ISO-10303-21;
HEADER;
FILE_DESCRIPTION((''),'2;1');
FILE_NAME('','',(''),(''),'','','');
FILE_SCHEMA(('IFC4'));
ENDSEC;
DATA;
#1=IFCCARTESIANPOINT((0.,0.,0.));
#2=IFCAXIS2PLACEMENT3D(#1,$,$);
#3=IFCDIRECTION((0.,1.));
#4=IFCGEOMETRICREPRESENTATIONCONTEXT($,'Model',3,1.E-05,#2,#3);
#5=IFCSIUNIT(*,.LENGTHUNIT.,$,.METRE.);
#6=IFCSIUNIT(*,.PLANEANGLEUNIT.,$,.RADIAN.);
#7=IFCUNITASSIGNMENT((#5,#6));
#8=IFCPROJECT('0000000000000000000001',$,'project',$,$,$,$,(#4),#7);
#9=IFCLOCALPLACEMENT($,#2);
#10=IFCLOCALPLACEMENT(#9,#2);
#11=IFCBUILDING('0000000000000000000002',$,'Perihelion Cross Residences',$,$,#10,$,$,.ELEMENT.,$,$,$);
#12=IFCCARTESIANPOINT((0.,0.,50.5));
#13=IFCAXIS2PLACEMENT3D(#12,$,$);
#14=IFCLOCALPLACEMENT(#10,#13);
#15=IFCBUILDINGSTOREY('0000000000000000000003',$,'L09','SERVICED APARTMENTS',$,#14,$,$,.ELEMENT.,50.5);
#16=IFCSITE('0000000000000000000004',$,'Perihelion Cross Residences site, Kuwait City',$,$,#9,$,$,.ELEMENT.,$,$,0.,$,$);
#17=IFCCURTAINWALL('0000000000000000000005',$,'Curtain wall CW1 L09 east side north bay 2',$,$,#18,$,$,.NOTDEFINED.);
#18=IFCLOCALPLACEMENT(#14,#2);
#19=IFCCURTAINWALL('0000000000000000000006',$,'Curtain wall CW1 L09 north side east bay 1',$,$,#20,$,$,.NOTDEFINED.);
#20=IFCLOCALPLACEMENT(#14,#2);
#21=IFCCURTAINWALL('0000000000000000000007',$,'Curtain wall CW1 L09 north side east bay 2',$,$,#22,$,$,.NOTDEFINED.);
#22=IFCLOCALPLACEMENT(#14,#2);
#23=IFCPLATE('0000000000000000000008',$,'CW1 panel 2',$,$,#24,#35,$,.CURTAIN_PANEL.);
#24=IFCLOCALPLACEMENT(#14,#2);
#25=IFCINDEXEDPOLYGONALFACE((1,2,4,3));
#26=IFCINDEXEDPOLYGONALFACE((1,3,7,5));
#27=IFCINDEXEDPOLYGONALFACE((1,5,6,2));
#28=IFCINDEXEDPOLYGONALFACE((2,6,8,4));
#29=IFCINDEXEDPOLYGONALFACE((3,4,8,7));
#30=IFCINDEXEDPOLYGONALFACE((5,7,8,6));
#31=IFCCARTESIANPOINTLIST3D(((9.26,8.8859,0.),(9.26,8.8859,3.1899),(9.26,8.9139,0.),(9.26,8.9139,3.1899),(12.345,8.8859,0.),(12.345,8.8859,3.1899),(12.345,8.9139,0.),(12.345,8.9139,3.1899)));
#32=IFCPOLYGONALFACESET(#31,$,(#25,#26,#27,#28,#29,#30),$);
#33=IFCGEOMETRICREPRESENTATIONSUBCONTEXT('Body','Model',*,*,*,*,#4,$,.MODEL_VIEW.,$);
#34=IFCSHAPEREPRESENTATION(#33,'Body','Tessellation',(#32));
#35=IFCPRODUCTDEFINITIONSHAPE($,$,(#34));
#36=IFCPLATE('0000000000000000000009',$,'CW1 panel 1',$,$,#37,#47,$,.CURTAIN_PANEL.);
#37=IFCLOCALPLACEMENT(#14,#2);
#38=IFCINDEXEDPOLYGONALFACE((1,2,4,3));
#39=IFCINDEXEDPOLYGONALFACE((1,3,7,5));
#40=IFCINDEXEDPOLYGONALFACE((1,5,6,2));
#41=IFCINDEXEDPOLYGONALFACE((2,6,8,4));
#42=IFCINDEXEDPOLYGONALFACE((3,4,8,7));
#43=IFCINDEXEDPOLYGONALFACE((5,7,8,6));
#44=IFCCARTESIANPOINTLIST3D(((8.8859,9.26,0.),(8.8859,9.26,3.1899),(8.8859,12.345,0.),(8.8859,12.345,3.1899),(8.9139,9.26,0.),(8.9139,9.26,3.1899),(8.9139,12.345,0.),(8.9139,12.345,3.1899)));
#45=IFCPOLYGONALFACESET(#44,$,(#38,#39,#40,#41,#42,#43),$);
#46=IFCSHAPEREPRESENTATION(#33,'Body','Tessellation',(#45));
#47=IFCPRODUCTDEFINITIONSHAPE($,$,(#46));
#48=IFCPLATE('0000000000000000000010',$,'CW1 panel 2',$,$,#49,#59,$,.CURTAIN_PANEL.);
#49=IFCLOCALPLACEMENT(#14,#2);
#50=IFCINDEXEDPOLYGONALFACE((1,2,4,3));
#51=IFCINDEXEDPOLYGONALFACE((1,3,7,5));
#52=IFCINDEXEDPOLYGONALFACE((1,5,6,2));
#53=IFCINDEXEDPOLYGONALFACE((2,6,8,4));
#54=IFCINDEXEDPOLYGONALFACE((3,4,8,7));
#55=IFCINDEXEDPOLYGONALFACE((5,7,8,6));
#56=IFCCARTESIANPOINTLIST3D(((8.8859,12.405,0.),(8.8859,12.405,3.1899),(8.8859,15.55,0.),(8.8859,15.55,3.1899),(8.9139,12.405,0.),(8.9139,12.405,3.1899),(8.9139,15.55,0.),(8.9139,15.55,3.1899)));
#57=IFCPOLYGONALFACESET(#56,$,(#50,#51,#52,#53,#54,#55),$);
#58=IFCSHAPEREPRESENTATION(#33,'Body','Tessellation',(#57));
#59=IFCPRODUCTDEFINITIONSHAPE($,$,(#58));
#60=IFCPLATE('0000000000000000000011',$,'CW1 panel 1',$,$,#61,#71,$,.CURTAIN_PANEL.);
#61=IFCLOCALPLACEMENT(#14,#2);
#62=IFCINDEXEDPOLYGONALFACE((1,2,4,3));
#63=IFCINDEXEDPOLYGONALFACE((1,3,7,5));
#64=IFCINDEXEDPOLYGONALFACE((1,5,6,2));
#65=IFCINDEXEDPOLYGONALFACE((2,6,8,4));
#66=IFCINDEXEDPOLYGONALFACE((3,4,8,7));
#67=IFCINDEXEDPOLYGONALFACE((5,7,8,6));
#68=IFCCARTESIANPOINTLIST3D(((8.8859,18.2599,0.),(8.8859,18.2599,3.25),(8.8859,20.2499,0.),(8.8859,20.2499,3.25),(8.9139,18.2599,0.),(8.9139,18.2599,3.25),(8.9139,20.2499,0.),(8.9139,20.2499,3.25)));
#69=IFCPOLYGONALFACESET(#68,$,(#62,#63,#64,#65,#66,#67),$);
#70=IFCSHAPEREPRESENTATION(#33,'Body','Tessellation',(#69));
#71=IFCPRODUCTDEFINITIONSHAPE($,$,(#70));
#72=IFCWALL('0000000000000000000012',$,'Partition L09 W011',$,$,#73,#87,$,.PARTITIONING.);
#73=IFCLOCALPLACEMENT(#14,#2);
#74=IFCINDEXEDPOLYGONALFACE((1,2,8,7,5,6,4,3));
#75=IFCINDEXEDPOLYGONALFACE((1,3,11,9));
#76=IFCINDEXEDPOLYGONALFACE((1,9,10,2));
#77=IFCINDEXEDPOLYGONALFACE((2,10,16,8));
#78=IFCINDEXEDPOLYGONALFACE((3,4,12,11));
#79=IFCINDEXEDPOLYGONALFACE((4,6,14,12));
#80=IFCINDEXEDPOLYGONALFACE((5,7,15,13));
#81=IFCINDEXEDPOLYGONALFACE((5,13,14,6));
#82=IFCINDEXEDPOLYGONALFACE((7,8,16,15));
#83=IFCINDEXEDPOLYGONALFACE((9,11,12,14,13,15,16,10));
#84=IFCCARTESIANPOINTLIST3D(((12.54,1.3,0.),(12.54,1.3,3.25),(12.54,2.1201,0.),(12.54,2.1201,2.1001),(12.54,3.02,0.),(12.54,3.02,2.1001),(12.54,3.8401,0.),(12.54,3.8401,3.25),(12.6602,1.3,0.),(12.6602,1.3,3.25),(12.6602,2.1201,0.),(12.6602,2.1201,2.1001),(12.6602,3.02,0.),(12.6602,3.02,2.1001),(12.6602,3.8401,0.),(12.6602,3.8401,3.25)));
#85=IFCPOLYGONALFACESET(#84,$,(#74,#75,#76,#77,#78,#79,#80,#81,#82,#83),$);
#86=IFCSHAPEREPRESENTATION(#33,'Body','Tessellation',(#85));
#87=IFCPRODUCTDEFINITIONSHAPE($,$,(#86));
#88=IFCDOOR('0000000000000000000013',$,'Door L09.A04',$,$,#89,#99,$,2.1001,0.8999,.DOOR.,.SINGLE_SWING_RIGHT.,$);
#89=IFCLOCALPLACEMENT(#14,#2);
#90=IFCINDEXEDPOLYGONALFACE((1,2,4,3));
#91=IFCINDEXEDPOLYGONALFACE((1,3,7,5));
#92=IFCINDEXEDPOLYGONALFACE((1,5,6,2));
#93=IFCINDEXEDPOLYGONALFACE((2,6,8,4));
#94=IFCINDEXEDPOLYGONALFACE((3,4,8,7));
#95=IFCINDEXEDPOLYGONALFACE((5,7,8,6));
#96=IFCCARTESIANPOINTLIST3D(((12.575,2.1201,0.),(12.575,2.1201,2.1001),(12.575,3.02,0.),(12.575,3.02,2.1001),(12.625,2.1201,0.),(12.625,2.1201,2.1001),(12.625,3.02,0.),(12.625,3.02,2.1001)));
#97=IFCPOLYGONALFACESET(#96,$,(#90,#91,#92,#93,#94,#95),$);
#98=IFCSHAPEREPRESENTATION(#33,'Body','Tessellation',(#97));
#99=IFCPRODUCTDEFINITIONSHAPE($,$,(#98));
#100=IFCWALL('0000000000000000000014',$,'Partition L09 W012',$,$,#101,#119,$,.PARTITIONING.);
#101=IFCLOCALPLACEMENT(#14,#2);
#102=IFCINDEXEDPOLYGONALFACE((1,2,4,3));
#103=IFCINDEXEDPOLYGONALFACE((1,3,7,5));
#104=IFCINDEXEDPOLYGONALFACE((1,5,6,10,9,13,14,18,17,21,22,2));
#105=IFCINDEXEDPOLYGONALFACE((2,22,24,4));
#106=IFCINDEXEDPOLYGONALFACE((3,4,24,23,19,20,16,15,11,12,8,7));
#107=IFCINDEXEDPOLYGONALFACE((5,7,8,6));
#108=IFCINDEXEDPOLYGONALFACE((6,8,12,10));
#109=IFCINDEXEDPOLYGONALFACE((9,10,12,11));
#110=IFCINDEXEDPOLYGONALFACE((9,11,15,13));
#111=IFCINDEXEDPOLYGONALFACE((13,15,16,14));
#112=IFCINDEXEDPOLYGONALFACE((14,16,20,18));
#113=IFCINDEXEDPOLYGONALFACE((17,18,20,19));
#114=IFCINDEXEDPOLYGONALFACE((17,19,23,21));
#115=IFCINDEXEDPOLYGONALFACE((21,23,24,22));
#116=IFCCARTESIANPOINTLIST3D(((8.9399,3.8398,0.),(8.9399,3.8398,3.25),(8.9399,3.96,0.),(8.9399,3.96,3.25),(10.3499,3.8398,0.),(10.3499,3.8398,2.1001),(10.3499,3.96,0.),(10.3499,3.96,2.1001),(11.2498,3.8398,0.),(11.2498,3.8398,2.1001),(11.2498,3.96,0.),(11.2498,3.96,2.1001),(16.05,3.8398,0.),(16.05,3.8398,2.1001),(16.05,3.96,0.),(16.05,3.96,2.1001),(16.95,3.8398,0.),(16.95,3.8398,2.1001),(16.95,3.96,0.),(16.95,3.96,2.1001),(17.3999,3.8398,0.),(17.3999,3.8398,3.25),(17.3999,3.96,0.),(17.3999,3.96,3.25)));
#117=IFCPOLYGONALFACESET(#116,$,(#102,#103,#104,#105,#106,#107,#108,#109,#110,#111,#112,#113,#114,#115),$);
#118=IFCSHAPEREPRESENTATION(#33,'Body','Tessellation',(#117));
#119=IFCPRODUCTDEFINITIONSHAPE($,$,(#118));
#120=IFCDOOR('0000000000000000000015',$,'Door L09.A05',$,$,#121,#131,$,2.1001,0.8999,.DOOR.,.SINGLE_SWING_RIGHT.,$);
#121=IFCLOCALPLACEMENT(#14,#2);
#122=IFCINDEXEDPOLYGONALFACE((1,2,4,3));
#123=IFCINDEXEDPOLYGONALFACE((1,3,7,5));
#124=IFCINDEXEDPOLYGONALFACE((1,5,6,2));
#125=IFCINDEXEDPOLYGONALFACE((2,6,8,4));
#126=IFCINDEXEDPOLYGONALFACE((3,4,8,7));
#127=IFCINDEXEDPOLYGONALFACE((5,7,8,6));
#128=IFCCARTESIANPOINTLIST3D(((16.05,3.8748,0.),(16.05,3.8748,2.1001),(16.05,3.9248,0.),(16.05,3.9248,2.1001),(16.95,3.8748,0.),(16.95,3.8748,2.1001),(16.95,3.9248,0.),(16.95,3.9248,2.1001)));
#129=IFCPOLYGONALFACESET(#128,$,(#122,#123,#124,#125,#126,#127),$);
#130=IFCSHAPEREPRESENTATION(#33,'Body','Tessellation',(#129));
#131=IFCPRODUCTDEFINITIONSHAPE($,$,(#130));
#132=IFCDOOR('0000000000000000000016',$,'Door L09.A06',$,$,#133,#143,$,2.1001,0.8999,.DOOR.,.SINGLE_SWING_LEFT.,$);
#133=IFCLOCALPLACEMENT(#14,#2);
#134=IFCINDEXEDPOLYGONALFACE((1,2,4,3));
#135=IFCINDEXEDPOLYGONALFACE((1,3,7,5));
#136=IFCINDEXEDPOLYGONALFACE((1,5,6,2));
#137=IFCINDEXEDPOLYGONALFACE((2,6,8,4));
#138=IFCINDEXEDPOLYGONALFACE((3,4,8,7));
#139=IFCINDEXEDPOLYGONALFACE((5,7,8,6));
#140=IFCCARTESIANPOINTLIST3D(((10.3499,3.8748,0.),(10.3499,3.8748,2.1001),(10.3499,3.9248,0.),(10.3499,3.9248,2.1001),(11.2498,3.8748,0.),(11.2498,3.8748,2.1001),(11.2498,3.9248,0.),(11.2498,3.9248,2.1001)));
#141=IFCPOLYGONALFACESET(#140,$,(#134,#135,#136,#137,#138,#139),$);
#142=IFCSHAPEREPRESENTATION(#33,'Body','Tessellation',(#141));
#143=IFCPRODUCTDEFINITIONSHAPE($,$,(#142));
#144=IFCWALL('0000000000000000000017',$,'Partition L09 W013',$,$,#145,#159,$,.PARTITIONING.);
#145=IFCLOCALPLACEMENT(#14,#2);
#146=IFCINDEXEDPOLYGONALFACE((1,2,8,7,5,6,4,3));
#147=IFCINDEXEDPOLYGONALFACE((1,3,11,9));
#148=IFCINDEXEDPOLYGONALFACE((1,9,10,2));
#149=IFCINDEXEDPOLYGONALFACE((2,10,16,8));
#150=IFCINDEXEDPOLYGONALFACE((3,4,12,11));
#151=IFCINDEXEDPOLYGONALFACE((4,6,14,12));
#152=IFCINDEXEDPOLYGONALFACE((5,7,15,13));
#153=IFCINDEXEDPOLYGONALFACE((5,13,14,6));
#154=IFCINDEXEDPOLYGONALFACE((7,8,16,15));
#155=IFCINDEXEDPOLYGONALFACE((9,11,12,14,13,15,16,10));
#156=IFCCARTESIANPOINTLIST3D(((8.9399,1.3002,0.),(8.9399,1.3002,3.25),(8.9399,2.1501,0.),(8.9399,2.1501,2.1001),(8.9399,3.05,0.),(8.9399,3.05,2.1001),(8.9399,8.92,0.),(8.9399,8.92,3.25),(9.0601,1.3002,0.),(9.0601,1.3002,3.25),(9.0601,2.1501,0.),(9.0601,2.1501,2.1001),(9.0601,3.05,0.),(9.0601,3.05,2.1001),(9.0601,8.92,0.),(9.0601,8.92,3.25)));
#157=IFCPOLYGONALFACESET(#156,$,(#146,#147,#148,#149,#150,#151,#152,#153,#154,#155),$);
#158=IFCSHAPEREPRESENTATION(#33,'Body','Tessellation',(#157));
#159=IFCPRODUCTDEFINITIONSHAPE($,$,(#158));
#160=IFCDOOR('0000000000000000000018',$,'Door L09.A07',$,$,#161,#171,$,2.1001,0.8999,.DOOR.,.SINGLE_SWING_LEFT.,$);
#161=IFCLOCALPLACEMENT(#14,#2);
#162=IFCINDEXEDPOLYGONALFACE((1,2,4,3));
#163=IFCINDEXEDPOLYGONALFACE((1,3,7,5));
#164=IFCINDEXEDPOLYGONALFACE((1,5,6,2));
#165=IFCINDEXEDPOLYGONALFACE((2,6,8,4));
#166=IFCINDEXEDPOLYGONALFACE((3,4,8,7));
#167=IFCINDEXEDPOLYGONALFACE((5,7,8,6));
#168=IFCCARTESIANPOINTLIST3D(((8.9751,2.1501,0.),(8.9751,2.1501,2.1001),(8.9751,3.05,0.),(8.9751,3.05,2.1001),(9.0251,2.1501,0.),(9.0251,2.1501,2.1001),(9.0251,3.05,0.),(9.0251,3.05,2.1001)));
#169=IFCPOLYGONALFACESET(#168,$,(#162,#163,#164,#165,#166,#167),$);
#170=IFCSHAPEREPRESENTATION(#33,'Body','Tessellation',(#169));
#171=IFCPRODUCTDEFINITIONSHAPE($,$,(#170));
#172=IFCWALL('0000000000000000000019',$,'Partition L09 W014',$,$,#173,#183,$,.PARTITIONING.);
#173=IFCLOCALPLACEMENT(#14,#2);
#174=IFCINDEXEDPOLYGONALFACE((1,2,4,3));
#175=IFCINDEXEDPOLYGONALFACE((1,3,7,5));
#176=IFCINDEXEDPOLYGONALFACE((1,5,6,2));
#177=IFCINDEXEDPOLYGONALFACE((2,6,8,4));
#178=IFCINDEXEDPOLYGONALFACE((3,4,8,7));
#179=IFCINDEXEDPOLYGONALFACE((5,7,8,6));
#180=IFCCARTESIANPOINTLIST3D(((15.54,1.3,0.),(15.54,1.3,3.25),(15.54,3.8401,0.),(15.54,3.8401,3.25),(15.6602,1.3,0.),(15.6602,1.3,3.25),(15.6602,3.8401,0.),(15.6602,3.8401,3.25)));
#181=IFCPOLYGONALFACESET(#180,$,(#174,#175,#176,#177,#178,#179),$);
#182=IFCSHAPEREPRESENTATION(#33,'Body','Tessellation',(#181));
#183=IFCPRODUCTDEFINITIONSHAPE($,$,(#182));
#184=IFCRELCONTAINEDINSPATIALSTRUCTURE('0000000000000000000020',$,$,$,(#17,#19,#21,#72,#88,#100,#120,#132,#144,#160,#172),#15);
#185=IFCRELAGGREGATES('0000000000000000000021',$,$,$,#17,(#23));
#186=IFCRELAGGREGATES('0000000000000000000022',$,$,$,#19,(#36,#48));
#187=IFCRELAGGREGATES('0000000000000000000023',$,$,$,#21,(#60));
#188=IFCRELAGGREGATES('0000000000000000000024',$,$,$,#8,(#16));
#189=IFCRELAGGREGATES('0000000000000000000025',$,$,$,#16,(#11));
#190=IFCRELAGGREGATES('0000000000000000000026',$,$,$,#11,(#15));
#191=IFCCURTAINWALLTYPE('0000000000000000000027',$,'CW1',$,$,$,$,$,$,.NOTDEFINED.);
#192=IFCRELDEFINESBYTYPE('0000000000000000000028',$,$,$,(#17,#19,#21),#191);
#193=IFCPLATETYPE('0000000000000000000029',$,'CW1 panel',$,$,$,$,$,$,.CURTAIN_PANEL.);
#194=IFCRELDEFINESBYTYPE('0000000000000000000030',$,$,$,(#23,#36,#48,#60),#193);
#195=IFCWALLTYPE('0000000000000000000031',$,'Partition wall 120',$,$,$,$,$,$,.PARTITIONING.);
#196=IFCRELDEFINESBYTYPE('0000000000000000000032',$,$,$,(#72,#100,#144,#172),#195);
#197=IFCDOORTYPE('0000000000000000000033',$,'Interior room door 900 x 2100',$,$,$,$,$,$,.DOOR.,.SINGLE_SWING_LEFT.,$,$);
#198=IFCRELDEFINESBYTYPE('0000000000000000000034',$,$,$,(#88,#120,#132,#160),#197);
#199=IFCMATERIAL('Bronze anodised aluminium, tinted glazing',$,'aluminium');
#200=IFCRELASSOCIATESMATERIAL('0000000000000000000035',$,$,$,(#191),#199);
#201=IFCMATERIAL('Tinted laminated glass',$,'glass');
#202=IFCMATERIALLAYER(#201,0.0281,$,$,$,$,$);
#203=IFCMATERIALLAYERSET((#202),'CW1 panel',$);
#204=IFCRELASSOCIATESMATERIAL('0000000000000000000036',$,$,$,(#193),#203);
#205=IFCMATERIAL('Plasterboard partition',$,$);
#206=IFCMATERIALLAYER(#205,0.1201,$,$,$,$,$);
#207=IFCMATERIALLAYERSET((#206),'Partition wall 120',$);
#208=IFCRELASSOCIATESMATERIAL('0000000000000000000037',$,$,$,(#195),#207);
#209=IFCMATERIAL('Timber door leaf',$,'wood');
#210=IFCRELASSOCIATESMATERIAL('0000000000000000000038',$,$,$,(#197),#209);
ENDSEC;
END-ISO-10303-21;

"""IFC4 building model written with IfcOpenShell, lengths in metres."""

from ifc_helpers import new_model, si_unit, direction, frame, frame_2d, origin, origin_2d, place, context, subcontext, project, spatial, rectangle, extrude, material, layer, layer_set, type_object, element, fill, aggregate, save


model = new_model("IFC4")

# Units and contexts
model_context = context("Model", 3, precision=1e-05, world=origin(), true_north=direction((0.0, 1.0)))
body_context = subcontext(model_context, "Body", "Model", "MODEL_VIEW")
ifc_project = project(units=[si_unit("LENGTHUNIT", "METRE"), si_unit("PLANEANGLEUNIT", "RADIAN")], contexts=[model_context])

# Site, building, storey
site_placement = place(None, origin())
site = spatial("IfcSite", under=ifc_project, at=site_placement, Name="Perihelion Cross Residences site, Kuwait City", CompositionType="ELEMENT", RefElevation=0.0)
building_placement = place(site_placement, origin())
building = spatial("IfcBuilding", under=site, at=building_placement, Name="Perihelion Cross Residences", CompositionType="ELEMENT")
storey_placement = place(building_placement, frame((0.0, 0.0, 50.5)))
storey = spatial("IfcBuildingStorey", under=building, at=storey_placement, Name="L09", Description="SERVICED APARTMENTS", CompositionType="ELEMENT", Elevation=50.5)

# Curtain walls
ifc_material_1 = material(Name="Bronze anodised aluminium, tinted glazing", Category="aluminium")
curtain_wall_type = type_object("IfcCurtainWallType", Name="CW1", PredefinedType="NOTDEFINED", material=ifc_material_1)
curtain_wall_1_placement = place(storey_placement, origin())
curtain_wall_1 = element("IfcCurtainWall", 1, at=curtain_wall_1_placement, inside=storey, type_object=curtain_wall_type, Name="Curtain wall CW1 L09 east side north bay 2", PredefinedType="NOTDEFINED")
curtain_wall_2_placement = place(storey_placement, origin())
curtain_wall_2 = element("IfcCurtainWall", 2, at=curtain_wall_2_placement, inside=storey, type_object=curtain_wall_type, Name="Curtain wall CW1 L09 north side east bay 1", PredefinedType="NOTDEFINED")

# Curtain wall
curtain_wall_3_placement = place(storey_placement, origin())
curtain_wall_3 = element("IfcCurtainWall", 3, at=curtain_wall_3_placement, inside=storey, type_object=curtain_wall_type, Name="Curtain wall CW1 L09 north side east bay 2", PredefinedType="NOTDEFINED")

# Plates
ifc_material_2 = material(Name="Tinted laminated glass", Category="glass")
ifc_layer_1 = layer(ifc_material_2, 0.0281)
ifc_layer_set_1 = layer_set([ifc_layer_1], Name="CW1 panel")
plate_type = type_object("IfcPlateType", Name="CW1 panel", PredefinedType="CURTAIN_PANEL", material=ifc_layer_set_1)
plate_1_placement = place(storey_placement, frame((10.8025, 8.8999, 0.0), z_axis=(0.0, 0.0, 1.0), x_axis=(-1.0, 0.0, 0.0)))
plate_1 = element("IfcPlate", 4, at=plate_1_placement, type_object=plate_type, Name="CW1 panel 2", PredefinedType="CURTAIN_PANEL", context=body_context, shape_type="SweptSolid", body=[
    extrude(rectangle(XDim=3.085, YDim=0.0281, at=origin_2d()), origin(), (0.0, 0.0, 1.0), 3.1899),
])
aggregate(curtain_wall_1, [plate_1])
plate_2_placement = place(storey_placement, frame((8.8999, 10.8025, 0.0), z_axis=(0.0, 0.0, 1.0), x_axis=(0.0, 1.0, 0.0)))
plate_2 = element("IfcPlate", 5, at=plate_2_placement, type_object=plate_type, Name="CW1 panel 1", PredefinedType="CURTAIN_PANEL", context=body_context, shape_type="SweptSolid", body=[
    extrude(rectangle(XDim=3.085, YDim=0.0281, at=origin_2d()), origin(), (0.0, 0.0, 1.0), 3.1899),
])
plate_3_placement = place(storey_placement, frame((8.8999, 13.9775, 0.0), z_axis=(0.0, 0.0, 1.0), x_axis=(0.0, 1.0, 0.0)))
plate_3 = element("IfcPlate", 6, at=plate_3_placement, type_object=plate_type, Name="CW1 panel 2", PredefinedType="CURTAIN_PANEL", context=body_context, shape_type="SweptSolid", body=[
    extrude(rectangle(XDim=3.145, YDim=0.0281, at=origin_2d()), origin(), (0.0, 0.0, 1.0), 3.1899),
])
aggregate(curtain_wall_2, [plate_2, plate_3])
plate_4_placement = place(storey_placement, frame((8.8999, 19.2549, 0.0), z_axis=(0.0, 0.0, 1.0), x_axis=(0.0, 1.0, 0.0)))
plate_4 = element("IfcPlate", 7, at=plate_4_placement, type_object=plate_type, Name="CW1 panel 1", PredefinedType="CURTAIN_PANEL", context=body_context, shape_type="SweptSolid", body=[
    extrude(rectangle(XDim=1.99, YDim=0.0281, at=origin_2d()), origin(), (0.0, 0.0, 1.0), 3.25),
])
aggregate(curtain_wall_3, [plate_4])

# Wall, opening, door
ifc_material_3 = material(Name="Plasterboard partition")
ifc_layer_2 = layer(ifc_material_3, 0.1201)
ifc_layer_set_2 = layer_set([ifc_layer_2], Name="Partition wall 120")
wall_type_1 = type_object("IfcWallType", Name="Partition wall 120", PredefinedType="PARTITIONING", material=ifc_layer_set_2)
wall_1_placement = place(storey_placement, frame((12.6001, 3.8401, 0.0), z_axis=(0.0, 0.0, 1.0), x_axis=(0.0, -1.0, 0.0)))
wall_1 = element("IfcWall", 8, at=wall_1_placement, inside=storey, type_object=wall_type_1, Name="Partition L09 W011", PredefinedType="PARTITIONING", context=body_context, shape_type="SweptSolid", body=[
    extrude(rectangle(XDim=2.54, YDim=0.1201, at=frame_2d((1.27, 0.0))), origin(), (0.0, 0.0, 1.0), 3.25),
])
opening_1_placement = place(wall_1_placement, frame((0.8201, 0.0, 0.0)))
opening_1 = element("IfcOpeningElement", 9, at=opening_1_placement, cuts=wall_1, PredefinedType="OPENING", context=body_context, shape_type="SweptSolid", body=[
    extrude(rectangle(XDim=0.8999, YDim=2.1001, at=frame_2d((0.45, 1.05))), frame((0.0, 0.0701, 0.0), z_axis=(0.0, -1.0, 0.0), x_axis=(1.0, 0.0, 0.0)), (0.0, 0.0, 1.0), 0.1401),
])
ifc_material_4 = material(Name="Timber door leaf", Category="wood")
door_type_1 = type_object("IfcDoorType", Name="Interior room door 900 x 2100", OperationType="SINGLE_SWING_LEFT", PredefinedType="DOOR", material=ifc_material_4)
door_1_placement = place(opening_1_placement, origin())
door_1 = element("IfcDoor", 10, at=door_1_placement, inside=storey, type_object=door_type_1, Name="Door L09.A04", OperationType="SINGLE_SWING_RIGHT", OverallHeight=2.1001, OverallWidth=0.8999, PredefinedType="DOOR", context=body_context, shape_type="SweptSolid", body=[
    extrude(rectangle(XDim=0.8999, YDim=2.1001, at=frame_2d((0.45, 1.05))), frame((0.0, 0.0249, 0.0), z_axis=(0.0, -1.0, 0.0), x_axis=(1.0, 0.0, 0.0)), (0.0, 0.0, 1.0), 0.05),
])
fill(opening_1, door_1)

# Wall, openings, doors
wall_2_placement = place(storey_placement, frame((8.9399, 3.8999, 0.0), z_axis=(0.0, 0.0, 1.0), x_axis=(1.0, 0.0, 0.0)))
wall_2 = element("IfcWall", 11, at=wall_2_placement, inside=storey, type_object=wall_type_1, Name="Partition L09 W012", PredefinedType="PARTITIONING", context=body_context, shape_type="SweptSolid", body=[
    extrude(rectangle(XDim=8.46, YDim=0.1201, at=frame_2d((4.23, 0.0))), origin(), (0.0, 0.0, 1.0), 3.25),
])
opening_2_placement = place(wall_2_placement, frame((7.1101, 0.0, 0.0)))
opening_2 = element("IfcOpeningElement", 12, at=opening_2_placement, cuts=wall_2, PredefinedType="OPENING", context=body_context, shape_type="SweptSolid", body=[
    extrude(rectangle(XDim=0.8999, YDim=2.1001, at=frame_2d((0.45, 1.05))), frame((0.0, 0.0701, 0.0), z_axis=(0.0, -1.0, 0.0), x_axis=(1.0, 0.0, 0.0)), (0.0, 0.0, 1.0), 0.1401),
])
opening_3_placement = place(wall_2_placement, frame((1.4099, 0.0, 0.0)))
opening_3 = element("IfcOpeningElement", 13, at=opening_3_placement, cuts=wall_2, PredefinedType="OPENING", context=body_context, shape_type="SweptSolid", body=[
    extrude(rectangle(XDim=0.8999, YDim=2.1001, at=frame_2d((0.45, 1.05))), frame((0.0, 0.0701, 0.0), z_axis=(0.0, -1.0, 0.0), x_axis=(1.0, 0.0, 0.0)), (0.0, 0.0, 1.0), 0.1401),
])
door_2_placement = place(opening_2_placement, origin())
door_2 = element("IfcDoor", 14, at=door_2_placement, inside=storey, type_object=door_type_1, Name="Door L09.A05", OperationType="SINGLE_SWING_RIGHT", OverallHeight=2.1001, OverallWidth=0.8999, PredefinedType="DOOR", context=body_context, shape_type="SweptSolid", body=[
    extrude(rectangle(XDim=0.8999, YDim=2.1001, at=frame_2d((0.45, 1.05))), frame((0.0, 0.0249, 0.0), z_axis=(0.0, -1.0, 0.0), x_axis=(1.0, 0.0, 0.0)), (0.0, 0.0, 1.0), 0.05),
])
fill(opening_2, door_2)
door_3_placement = place(opening_3_placement, origin())
door_3 = element("IfcDoor", 15, at=door_3_placement, inside=storey, type_object=door_type_1, Name="Door L09.A06", OperationType="SINGLE_SWING_LEFT", OverallHeight=2.1001, OverallWidth=0.8999, PredefinedType="DOOR", context=body_context, shape_type="SweptSolid", body=[
    extrude(rectangle(XDim=0.8999, YDim=2.1001, at=frame_2d((0.45, 1.05))), frame((0.0, 0.0249, 0.0), z_axis=(0.0, -1.0, 0.0), x_axis=(1.0, 0.0, 0.0)), (0.0, 0.0, 1.0), 0.05),
])
fill(opening_3, door_3)

# Wall, opening, door
wall_3_placement = place(storey_placement, frame((9.0, 1.3, 0.0), z_axis=(0.0, 0.0, 1.0), x_axis=(0.0, 1.0, 0.0)))
wall_3 = element("IfcWall", 16, at=wall_3_placement, inside=storey, type_object=wall_type_1, Name="Partition L09 W013", PredefinedType="PARTITIONING", context=body_context, shape_type="SweptSolid", body=[
    extrude(rectangle(XDim=7.6199, YDim=0.1201, at=frame_2d((3.8101, 0.0))), origin(), (0.0, 0.0, 1.0), 3.25),
])
opening_4_placement = place(wall_3_placement, frame((0.8501, 0.0, 0.0)))
opening_4 = element("IfcOpeningElement", 17, at=opening_4_placement, cuts=wall_3, PredefinedType="OPENING", context=body_context, shape_type="SweptSolid", body=[
    extrude(rectangle(XDim=0.8999, YDim=2.1001, at=frame_2d((0.45, 1.05))), frame((0.0, 0.0701, 0.0), z_axis=(0.0, -1.0, 0.0), x_axis=(1.0, 0.0, 0.0)), (0.0, 0.0, 1.0), 0.1401),
])
door_4_placement = place(opening_4_placement, origin())
door_4 = element("IfcDoor", 18, at=door_4_placement, inside=storey, type_object=door_type_1, Name="Door L09.A07", OperationType="SINGLE_SWING_LEFT", OverallHeight=2.1001, OverallWidth=0.8999, PredefinedType="DOOR", context=body_context, shape_type="SweptSolid", body=[
    extrude(rectangle(XDim=0.8999, YDim=2.1001, at=frame_2d((0.45, 1.05))), frame((0.0, 0.0249, 0.0), z_axis=(0.0, -1.0, 0.0), x_axis=(1.0, 0.0, 0.0)), (0.0, 0.0, 1.0), 0.05),
])
fill(opening_4, door_4)

# Wall
wall_4_placement = place(storey_placement, frame((15.6001, 3.8401, 0.0), z_axis=(0.0, 0.0, 1.0), x_axis=(0.0, -1.0, 0.0)))
element("IfcWall", 19, at=wall_4_placement, inside=storey, type_object=wall_type_1, Name="Partition L09 W014", PredefinedType="PARTITIONING", context=body_context, shape_type="SweptSolid", body=[
    extrude(rectangle(XDim=2.54, YDim=0.1201, at=frame_2d((1.27, 0.0))), origin(), (0.0, 0.0, 1.0), 3.25),
])

save(model, "model.ifc")
